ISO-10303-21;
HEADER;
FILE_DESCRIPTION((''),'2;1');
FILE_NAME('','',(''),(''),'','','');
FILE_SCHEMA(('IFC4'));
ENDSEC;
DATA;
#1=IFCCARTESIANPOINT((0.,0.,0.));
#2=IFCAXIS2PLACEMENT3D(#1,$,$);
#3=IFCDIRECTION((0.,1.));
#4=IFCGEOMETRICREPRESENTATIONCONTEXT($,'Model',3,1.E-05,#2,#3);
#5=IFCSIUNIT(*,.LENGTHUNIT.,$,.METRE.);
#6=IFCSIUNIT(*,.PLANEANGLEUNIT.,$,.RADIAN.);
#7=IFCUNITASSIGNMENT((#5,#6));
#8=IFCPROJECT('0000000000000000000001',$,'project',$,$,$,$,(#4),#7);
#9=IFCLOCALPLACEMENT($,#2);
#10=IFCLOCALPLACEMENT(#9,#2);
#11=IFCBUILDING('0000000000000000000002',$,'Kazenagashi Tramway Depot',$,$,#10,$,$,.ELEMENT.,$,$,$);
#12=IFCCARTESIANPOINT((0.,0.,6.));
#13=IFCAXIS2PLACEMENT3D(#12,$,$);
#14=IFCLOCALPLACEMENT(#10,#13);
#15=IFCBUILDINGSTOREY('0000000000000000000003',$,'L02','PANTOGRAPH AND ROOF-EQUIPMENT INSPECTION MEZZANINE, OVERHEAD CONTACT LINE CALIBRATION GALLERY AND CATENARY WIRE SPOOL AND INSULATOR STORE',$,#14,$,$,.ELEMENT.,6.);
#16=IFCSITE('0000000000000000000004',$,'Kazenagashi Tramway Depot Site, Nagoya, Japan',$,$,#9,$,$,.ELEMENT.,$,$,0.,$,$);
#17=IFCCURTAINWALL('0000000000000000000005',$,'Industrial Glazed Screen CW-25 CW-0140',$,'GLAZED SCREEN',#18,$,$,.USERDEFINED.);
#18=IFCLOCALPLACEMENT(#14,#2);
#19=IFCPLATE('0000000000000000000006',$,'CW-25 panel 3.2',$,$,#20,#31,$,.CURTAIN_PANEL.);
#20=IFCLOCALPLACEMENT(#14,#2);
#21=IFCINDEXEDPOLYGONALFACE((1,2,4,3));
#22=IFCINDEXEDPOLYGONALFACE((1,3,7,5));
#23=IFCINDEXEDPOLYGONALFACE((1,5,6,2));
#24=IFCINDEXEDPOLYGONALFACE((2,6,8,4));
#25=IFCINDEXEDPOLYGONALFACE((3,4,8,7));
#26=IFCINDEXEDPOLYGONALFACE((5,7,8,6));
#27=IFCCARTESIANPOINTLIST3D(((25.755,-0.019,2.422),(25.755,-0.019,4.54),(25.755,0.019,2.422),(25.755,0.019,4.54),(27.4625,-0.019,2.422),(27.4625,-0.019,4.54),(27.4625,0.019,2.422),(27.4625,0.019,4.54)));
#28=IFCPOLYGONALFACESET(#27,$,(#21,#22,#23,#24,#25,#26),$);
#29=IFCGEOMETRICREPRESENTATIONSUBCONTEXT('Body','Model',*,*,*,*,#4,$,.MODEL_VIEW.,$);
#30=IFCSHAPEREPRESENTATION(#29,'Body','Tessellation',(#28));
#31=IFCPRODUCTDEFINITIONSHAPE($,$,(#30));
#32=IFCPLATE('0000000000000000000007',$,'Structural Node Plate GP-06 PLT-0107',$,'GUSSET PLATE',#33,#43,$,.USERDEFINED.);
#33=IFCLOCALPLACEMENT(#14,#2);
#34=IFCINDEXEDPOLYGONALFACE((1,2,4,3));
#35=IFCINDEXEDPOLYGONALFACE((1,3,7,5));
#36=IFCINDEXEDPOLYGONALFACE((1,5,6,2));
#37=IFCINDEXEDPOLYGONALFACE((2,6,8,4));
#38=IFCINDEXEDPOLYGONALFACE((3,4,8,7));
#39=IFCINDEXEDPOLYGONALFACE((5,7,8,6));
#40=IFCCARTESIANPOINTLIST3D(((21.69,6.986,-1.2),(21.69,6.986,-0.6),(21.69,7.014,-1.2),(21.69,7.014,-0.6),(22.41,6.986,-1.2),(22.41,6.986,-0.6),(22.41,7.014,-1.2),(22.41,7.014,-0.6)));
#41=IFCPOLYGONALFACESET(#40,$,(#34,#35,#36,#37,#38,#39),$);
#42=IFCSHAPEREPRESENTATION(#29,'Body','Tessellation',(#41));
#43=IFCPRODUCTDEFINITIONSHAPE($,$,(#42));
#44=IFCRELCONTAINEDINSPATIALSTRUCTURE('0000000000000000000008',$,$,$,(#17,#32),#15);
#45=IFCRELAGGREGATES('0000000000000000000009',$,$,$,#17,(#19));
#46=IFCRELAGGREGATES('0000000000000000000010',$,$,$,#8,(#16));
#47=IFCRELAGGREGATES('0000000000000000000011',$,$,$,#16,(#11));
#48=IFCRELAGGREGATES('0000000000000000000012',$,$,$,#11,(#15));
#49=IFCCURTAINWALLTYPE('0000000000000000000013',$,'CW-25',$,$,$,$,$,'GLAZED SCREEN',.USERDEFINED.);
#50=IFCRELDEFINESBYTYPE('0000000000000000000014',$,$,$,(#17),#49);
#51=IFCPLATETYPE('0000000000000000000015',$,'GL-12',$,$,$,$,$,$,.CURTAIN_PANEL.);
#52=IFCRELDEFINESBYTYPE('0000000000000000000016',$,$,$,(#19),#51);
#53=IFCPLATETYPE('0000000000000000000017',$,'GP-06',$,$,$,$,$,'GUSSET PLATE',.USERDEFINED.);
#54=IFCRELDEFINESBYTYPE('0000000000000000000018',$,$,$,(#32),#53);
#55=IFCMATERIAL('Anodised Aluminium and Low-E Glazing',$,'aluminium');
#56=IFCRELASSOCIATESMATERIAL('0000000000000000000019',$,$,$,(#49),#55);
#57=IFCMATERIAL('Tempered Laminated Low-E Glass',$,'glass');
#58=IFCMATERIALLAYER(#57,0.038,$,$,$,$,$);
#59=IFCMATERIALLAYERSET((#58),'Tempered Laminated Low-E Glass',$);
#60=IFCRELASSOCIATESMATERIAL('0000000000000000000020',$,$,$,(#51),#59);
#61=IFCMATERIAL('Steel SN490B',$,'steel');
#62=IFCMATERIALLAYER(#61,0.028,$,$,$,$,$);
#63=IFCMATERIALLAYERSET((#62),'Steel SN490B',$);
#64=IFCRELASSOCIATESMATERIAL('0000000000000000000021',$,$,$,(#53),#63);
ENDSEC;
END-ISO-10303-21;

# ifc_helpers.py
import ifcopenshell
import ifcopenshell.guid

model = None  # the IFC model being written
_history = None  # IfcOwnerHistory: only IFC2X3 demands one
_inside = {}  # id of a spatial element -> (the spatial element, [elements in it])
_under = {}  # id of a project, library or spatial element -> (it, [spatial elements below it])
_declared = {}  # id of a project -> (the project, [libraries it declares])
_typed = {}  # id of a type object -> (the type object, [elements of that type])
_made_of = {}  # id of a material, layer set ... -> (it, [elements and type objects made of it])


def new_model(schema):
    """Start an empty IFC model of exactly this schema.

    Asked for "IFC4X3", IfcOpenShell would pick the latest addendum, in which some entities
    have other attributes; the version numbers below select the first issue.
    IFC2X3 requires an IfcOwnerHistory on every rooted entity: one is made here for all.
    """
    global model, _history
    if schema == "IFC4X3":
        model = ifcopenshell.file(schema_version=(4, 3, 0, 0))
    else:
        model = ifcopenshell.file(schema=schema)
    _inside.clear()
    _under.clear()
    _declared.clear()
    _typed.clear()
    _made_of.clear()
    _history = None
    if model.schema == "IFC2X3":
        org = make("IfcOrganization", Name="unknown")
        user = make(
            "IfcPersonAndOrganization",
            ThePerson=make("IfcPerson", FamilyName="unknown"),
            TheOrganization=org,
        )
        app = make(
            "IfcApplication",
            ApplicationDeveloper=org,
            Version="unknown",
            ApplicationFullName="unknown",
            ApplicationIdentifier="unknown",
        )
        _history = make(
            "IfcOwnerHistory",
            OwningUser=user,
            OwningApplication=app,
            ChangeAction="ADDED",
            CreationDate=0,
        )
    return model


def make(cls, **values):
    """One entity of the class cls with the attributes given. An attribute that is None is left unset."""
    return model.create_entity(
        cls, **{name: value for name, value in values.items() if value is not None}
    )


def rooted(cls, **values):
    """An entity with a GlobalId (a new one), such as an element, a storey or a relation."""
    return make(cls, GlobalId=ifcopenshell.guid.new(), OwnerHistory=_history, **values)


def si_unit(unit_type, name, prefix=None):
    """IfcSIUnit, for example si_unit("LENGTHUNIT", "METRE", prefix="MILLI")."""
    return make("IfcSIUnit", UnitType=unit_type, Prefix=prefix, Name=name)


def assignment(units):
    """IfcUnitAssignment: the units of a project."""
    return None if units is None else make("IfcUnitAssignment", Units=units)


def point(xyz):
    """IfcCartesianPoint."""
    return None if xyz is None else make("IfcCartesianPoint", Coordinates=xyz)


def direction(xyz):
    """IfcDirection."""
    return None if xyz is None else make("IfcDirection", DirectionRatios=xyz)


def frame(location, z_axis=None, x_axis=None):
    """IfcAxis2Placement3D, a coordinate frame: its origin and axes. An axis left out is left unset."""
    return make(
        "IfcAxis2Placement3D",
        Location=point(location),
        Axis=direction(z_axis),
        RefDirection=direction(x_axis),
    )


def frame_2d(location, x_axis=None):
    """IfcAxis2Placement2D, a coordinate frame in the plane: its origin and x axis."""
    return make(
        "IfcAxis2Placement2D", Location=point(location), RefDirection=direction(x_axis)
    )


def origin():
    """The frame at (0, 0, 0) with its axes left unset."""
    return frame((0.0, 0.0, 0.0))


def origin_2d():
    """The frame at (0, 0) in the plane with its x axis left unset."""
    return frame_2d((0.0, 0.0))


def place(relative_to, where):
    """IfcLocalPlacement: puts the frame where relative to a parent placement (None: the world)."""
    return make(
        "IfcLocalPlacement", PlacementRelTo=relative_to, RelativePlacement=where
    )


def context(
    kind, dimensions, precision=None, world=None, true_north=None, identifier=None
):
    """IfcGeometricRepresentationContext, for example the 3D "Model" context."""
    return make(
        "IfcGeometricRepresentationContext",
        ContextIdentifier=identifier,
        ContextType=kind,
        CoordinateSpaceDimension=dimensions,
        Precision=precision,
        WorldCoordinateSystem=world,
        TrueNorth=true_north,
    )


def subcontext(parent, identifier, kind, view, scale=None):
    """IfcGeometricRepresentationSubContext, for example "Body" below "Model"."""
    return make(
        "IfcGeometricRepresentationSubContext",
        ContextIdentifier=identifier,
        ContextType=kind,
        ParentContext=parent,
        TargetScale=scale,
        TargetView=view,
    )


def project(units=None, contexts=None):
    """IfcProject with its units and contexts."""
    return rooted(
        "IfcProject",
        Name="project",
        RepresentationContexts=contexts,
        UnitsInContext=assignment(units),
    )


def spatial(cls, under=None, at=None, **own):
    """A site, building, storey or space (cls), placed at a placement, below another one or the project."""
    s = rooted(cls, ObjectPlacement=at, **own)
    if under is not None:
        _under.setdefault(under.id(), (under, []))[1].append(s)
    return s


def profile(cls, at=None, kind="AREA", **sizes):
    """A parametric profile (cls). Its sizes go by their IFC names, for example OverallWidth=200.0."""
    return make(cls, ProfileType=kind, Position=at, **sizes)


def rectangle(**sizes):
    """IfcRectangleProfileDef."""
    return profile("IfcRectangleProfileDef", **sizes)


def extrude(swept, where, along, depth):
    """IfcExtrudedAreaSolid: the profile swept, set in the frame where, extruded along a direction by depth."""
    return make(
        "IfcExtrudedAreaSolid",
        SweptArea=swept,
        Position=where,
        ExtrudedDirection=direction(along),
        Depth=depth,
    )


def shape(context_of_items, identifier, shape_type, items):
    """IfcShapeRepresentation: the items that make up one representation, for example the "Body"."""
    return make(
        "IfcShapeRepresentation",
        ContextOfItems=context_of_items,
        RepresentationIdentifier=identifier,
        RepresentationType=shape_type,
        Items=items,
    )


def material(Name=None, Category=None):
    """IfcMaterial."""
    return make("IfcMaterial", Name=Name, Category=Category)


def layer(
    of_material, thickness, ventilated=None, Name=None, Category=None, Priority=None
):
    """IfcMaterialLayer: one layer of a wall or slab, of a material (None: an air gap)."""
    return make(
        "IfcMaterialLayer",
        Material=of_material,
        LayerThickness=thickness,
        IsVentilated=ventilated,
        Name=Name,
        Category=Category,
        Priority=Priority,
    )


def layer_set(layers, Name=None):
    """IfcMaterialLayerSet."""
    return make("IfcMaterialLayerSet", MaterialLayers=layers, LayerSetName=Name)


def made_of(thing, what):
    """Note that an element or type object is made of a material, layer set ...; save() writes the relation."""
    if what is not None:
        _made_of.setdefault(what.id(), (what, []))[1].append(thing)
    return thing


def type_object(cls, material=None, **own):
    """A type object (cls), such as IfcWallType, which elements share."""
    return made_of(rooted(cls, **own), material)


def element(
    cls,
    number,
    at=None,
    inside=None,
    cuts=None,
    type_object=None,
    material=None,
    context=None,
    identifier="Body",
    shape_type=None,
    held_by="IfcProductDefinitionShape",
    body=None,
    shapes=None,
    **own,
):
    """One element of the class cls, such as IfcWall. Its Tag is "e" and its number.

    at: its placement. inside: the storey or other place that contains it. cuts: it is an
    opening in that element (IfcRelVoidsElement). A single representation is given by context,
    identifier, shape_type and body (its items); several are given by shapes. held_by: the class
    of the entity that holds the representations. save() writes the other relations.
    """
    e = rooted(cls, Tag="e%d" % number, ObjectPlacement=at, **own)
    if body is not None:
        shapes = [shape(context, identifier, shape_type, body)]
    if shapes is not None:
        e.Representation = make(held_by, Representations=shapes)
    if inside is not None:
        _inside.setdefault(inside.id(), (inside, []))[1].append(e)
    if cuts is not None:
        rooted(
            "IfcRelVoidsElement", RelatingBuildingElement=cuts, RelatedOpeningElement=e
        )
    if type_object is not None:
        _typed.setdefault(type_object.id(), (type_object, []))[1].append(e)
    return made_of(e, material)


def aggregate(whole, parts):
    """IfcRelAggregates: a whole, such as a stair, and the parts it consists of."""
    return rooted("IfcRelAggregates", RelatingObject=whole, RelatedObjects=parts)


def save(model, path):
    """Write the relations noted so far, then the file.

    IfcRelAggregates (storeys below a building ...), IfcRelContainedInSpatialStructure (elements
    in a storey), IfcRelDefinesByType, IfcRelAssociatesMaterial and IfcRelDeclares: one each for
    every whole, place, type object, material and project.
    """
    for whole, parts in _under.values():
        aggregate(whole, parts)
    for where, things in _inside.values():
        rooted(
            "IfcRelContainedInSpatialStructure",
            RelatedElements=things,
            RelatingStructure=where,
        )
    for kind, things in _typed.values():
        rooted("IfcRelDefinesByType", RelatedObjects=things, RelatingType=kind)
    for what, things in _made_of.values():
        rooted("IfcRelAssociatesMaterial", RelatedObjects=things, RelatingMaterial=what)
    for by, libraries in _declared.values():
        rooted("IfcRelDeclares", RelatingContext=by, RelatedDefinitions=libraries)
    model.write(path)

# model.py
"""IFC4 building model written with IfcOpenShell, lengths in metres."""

from ifc_helpers import new_model, si_unit, direction, frame, origin, origin_2d, place, context, subcontext, project, spatial, rectangle, extrude, material, layer, layer_set, type_object, element, aggregate, save


model = new_model("IFC4")

# Units and contexts
model_context = context("Model", 3, precision=1e-05, world=origin(), true_north=direction((0.0, 1.0)))
body_context = subcontext(model_context, "Body", "Model", "MODEL_VIEW")
ifc_project = project(units=[si_unit("LENGTHUNIT", "METRE"), si_unit("PLANEANGLEUNIT", "RADIAN")], contexts=[model_context])

# Site, building, storey
site_placement = place(None, origin())
site = spatial("IfcSite", under=ifc_project, at=site_placement, Name="Kazenagashi Tramway Depot Site, Nagoya, Japan", CompositionType="ELEMENT", RefElevation=0.0)
building_placement = place(site_placement, origin())
building = spatial("IfcBuilding", under=site, at=building_placement, Name="Kazenagashi Tramway Depot", CompositionType="ELEMENT")
storey_placement = place(building_placement, frame((0.0, 0.0, 6.0)))
storey = spatial("IfcBuildingStorey", under=building, at=storey_placement, Name="L02", Description="PANTOGRAPH AND ROOF-EQUIPMENT INSPECTION MEZZANINE, OVERHEAD CONTACT LINE CALIBRATION GALLERY AND CATENARY WIRE SPOOL AND INSULATOR STORE", CompositionType="ELEMENT", Elevation=6.0)

# Shared definitions
ifc_material_1 = material(Name="Steel SN490B", Category="steel")

# Curtain wall
ifc_material_2 = material(Name="Anodised Aluminium and Low-E Glazing", Category="aluminium")
curtain_wall_type = type_object("IfcCurtainWallType", Name="CW-25", ElementType="GLAZED SCREEN", PredefinedType="USERDEFINED", material=ifc_material_2)
curtain_wall_1_placement = place(storey_placement, origin())
curtain_wall_1 = element("IfcCurtainWall", 1, at=curtain_wall_1_placement, inside=storey, type_object=curtain_wall_type, Name="Industrial Glazed Screen CW-25 CW-0140", ObjectType="GLAZED SCREEN", PredefinedType="USERDEFINED")

# Plates
ifc_material_3 = material(Name="Tempered Laminated Low-E Glass", Category="glass")
ifc_layer_1 = layer(ifc_material_3, 0.038)
ifc_layer_set_1 = layer_set([ifc_layer_1], Name="Tempered Laminated Low-E Glass")
plate_type_1 = type_object("IfcPlateType", Name="GL-12", PredefinedType="CURTAIN_PANEL", material=ifc_layer_set_1)
plate_1_placement = place(storey_placement, frame((26.6088, 0.0, 2.422), z_axis=(0.0, 0.0, 1.0), x_axis=(1.0, 0.0, 0.0)))
plate_1 = element("IfcPlate", 2, at=plate_1_placement, type_object=plate_type_1, Name="CW-25 panel 3.2", PredefinedType="CURTAIN_PANEL", context=body_context, shape_type="SweptSolid", body=[
    extrude(rectangle(XDim=1.7075, YDim=0.038, at=origin_2d()), origin(), (0.0, 0.0, 1.0), 2.118),
])
aggregate(curtain_wall_1, [plate_1])
ifc_layer_2 = layer(ifc_material_1, 0.028)
ifc_layer_set_2 = layer_set([ifc_layer_2], Name="Steel SN490B")
plate_type_2 = type_object("IfcPlateType", Name="GP-06", ElementType="GUSSET PLATE", PredefinedType="USERDEFINED", material=ifc_layer_set_2)
plate_2_placement = place(storey_placement, frame((22.05, 7.0, -1.2), z_axis=(0.0, 0.0, 1.0), x_axis=(1.0, 0.0, 0.0)))
element("IfcPlate", 3, at=plate_2_placement, inside=storey, type_object=plate_type_2, Name="Structural Node Plate GP-06 PLT-0107", ObjectType="GUSSET PLATE", PredefinedType="USERDEFINED", context=body_context, shape_type="SweptSolid", body=[
    extrude(rectangle(XDim=0.72, YDim=0.028, at=origin_2d()), origin(), (0.0, 0.0, 1.0), 0.6),
])

save(model, "model.ifc")
